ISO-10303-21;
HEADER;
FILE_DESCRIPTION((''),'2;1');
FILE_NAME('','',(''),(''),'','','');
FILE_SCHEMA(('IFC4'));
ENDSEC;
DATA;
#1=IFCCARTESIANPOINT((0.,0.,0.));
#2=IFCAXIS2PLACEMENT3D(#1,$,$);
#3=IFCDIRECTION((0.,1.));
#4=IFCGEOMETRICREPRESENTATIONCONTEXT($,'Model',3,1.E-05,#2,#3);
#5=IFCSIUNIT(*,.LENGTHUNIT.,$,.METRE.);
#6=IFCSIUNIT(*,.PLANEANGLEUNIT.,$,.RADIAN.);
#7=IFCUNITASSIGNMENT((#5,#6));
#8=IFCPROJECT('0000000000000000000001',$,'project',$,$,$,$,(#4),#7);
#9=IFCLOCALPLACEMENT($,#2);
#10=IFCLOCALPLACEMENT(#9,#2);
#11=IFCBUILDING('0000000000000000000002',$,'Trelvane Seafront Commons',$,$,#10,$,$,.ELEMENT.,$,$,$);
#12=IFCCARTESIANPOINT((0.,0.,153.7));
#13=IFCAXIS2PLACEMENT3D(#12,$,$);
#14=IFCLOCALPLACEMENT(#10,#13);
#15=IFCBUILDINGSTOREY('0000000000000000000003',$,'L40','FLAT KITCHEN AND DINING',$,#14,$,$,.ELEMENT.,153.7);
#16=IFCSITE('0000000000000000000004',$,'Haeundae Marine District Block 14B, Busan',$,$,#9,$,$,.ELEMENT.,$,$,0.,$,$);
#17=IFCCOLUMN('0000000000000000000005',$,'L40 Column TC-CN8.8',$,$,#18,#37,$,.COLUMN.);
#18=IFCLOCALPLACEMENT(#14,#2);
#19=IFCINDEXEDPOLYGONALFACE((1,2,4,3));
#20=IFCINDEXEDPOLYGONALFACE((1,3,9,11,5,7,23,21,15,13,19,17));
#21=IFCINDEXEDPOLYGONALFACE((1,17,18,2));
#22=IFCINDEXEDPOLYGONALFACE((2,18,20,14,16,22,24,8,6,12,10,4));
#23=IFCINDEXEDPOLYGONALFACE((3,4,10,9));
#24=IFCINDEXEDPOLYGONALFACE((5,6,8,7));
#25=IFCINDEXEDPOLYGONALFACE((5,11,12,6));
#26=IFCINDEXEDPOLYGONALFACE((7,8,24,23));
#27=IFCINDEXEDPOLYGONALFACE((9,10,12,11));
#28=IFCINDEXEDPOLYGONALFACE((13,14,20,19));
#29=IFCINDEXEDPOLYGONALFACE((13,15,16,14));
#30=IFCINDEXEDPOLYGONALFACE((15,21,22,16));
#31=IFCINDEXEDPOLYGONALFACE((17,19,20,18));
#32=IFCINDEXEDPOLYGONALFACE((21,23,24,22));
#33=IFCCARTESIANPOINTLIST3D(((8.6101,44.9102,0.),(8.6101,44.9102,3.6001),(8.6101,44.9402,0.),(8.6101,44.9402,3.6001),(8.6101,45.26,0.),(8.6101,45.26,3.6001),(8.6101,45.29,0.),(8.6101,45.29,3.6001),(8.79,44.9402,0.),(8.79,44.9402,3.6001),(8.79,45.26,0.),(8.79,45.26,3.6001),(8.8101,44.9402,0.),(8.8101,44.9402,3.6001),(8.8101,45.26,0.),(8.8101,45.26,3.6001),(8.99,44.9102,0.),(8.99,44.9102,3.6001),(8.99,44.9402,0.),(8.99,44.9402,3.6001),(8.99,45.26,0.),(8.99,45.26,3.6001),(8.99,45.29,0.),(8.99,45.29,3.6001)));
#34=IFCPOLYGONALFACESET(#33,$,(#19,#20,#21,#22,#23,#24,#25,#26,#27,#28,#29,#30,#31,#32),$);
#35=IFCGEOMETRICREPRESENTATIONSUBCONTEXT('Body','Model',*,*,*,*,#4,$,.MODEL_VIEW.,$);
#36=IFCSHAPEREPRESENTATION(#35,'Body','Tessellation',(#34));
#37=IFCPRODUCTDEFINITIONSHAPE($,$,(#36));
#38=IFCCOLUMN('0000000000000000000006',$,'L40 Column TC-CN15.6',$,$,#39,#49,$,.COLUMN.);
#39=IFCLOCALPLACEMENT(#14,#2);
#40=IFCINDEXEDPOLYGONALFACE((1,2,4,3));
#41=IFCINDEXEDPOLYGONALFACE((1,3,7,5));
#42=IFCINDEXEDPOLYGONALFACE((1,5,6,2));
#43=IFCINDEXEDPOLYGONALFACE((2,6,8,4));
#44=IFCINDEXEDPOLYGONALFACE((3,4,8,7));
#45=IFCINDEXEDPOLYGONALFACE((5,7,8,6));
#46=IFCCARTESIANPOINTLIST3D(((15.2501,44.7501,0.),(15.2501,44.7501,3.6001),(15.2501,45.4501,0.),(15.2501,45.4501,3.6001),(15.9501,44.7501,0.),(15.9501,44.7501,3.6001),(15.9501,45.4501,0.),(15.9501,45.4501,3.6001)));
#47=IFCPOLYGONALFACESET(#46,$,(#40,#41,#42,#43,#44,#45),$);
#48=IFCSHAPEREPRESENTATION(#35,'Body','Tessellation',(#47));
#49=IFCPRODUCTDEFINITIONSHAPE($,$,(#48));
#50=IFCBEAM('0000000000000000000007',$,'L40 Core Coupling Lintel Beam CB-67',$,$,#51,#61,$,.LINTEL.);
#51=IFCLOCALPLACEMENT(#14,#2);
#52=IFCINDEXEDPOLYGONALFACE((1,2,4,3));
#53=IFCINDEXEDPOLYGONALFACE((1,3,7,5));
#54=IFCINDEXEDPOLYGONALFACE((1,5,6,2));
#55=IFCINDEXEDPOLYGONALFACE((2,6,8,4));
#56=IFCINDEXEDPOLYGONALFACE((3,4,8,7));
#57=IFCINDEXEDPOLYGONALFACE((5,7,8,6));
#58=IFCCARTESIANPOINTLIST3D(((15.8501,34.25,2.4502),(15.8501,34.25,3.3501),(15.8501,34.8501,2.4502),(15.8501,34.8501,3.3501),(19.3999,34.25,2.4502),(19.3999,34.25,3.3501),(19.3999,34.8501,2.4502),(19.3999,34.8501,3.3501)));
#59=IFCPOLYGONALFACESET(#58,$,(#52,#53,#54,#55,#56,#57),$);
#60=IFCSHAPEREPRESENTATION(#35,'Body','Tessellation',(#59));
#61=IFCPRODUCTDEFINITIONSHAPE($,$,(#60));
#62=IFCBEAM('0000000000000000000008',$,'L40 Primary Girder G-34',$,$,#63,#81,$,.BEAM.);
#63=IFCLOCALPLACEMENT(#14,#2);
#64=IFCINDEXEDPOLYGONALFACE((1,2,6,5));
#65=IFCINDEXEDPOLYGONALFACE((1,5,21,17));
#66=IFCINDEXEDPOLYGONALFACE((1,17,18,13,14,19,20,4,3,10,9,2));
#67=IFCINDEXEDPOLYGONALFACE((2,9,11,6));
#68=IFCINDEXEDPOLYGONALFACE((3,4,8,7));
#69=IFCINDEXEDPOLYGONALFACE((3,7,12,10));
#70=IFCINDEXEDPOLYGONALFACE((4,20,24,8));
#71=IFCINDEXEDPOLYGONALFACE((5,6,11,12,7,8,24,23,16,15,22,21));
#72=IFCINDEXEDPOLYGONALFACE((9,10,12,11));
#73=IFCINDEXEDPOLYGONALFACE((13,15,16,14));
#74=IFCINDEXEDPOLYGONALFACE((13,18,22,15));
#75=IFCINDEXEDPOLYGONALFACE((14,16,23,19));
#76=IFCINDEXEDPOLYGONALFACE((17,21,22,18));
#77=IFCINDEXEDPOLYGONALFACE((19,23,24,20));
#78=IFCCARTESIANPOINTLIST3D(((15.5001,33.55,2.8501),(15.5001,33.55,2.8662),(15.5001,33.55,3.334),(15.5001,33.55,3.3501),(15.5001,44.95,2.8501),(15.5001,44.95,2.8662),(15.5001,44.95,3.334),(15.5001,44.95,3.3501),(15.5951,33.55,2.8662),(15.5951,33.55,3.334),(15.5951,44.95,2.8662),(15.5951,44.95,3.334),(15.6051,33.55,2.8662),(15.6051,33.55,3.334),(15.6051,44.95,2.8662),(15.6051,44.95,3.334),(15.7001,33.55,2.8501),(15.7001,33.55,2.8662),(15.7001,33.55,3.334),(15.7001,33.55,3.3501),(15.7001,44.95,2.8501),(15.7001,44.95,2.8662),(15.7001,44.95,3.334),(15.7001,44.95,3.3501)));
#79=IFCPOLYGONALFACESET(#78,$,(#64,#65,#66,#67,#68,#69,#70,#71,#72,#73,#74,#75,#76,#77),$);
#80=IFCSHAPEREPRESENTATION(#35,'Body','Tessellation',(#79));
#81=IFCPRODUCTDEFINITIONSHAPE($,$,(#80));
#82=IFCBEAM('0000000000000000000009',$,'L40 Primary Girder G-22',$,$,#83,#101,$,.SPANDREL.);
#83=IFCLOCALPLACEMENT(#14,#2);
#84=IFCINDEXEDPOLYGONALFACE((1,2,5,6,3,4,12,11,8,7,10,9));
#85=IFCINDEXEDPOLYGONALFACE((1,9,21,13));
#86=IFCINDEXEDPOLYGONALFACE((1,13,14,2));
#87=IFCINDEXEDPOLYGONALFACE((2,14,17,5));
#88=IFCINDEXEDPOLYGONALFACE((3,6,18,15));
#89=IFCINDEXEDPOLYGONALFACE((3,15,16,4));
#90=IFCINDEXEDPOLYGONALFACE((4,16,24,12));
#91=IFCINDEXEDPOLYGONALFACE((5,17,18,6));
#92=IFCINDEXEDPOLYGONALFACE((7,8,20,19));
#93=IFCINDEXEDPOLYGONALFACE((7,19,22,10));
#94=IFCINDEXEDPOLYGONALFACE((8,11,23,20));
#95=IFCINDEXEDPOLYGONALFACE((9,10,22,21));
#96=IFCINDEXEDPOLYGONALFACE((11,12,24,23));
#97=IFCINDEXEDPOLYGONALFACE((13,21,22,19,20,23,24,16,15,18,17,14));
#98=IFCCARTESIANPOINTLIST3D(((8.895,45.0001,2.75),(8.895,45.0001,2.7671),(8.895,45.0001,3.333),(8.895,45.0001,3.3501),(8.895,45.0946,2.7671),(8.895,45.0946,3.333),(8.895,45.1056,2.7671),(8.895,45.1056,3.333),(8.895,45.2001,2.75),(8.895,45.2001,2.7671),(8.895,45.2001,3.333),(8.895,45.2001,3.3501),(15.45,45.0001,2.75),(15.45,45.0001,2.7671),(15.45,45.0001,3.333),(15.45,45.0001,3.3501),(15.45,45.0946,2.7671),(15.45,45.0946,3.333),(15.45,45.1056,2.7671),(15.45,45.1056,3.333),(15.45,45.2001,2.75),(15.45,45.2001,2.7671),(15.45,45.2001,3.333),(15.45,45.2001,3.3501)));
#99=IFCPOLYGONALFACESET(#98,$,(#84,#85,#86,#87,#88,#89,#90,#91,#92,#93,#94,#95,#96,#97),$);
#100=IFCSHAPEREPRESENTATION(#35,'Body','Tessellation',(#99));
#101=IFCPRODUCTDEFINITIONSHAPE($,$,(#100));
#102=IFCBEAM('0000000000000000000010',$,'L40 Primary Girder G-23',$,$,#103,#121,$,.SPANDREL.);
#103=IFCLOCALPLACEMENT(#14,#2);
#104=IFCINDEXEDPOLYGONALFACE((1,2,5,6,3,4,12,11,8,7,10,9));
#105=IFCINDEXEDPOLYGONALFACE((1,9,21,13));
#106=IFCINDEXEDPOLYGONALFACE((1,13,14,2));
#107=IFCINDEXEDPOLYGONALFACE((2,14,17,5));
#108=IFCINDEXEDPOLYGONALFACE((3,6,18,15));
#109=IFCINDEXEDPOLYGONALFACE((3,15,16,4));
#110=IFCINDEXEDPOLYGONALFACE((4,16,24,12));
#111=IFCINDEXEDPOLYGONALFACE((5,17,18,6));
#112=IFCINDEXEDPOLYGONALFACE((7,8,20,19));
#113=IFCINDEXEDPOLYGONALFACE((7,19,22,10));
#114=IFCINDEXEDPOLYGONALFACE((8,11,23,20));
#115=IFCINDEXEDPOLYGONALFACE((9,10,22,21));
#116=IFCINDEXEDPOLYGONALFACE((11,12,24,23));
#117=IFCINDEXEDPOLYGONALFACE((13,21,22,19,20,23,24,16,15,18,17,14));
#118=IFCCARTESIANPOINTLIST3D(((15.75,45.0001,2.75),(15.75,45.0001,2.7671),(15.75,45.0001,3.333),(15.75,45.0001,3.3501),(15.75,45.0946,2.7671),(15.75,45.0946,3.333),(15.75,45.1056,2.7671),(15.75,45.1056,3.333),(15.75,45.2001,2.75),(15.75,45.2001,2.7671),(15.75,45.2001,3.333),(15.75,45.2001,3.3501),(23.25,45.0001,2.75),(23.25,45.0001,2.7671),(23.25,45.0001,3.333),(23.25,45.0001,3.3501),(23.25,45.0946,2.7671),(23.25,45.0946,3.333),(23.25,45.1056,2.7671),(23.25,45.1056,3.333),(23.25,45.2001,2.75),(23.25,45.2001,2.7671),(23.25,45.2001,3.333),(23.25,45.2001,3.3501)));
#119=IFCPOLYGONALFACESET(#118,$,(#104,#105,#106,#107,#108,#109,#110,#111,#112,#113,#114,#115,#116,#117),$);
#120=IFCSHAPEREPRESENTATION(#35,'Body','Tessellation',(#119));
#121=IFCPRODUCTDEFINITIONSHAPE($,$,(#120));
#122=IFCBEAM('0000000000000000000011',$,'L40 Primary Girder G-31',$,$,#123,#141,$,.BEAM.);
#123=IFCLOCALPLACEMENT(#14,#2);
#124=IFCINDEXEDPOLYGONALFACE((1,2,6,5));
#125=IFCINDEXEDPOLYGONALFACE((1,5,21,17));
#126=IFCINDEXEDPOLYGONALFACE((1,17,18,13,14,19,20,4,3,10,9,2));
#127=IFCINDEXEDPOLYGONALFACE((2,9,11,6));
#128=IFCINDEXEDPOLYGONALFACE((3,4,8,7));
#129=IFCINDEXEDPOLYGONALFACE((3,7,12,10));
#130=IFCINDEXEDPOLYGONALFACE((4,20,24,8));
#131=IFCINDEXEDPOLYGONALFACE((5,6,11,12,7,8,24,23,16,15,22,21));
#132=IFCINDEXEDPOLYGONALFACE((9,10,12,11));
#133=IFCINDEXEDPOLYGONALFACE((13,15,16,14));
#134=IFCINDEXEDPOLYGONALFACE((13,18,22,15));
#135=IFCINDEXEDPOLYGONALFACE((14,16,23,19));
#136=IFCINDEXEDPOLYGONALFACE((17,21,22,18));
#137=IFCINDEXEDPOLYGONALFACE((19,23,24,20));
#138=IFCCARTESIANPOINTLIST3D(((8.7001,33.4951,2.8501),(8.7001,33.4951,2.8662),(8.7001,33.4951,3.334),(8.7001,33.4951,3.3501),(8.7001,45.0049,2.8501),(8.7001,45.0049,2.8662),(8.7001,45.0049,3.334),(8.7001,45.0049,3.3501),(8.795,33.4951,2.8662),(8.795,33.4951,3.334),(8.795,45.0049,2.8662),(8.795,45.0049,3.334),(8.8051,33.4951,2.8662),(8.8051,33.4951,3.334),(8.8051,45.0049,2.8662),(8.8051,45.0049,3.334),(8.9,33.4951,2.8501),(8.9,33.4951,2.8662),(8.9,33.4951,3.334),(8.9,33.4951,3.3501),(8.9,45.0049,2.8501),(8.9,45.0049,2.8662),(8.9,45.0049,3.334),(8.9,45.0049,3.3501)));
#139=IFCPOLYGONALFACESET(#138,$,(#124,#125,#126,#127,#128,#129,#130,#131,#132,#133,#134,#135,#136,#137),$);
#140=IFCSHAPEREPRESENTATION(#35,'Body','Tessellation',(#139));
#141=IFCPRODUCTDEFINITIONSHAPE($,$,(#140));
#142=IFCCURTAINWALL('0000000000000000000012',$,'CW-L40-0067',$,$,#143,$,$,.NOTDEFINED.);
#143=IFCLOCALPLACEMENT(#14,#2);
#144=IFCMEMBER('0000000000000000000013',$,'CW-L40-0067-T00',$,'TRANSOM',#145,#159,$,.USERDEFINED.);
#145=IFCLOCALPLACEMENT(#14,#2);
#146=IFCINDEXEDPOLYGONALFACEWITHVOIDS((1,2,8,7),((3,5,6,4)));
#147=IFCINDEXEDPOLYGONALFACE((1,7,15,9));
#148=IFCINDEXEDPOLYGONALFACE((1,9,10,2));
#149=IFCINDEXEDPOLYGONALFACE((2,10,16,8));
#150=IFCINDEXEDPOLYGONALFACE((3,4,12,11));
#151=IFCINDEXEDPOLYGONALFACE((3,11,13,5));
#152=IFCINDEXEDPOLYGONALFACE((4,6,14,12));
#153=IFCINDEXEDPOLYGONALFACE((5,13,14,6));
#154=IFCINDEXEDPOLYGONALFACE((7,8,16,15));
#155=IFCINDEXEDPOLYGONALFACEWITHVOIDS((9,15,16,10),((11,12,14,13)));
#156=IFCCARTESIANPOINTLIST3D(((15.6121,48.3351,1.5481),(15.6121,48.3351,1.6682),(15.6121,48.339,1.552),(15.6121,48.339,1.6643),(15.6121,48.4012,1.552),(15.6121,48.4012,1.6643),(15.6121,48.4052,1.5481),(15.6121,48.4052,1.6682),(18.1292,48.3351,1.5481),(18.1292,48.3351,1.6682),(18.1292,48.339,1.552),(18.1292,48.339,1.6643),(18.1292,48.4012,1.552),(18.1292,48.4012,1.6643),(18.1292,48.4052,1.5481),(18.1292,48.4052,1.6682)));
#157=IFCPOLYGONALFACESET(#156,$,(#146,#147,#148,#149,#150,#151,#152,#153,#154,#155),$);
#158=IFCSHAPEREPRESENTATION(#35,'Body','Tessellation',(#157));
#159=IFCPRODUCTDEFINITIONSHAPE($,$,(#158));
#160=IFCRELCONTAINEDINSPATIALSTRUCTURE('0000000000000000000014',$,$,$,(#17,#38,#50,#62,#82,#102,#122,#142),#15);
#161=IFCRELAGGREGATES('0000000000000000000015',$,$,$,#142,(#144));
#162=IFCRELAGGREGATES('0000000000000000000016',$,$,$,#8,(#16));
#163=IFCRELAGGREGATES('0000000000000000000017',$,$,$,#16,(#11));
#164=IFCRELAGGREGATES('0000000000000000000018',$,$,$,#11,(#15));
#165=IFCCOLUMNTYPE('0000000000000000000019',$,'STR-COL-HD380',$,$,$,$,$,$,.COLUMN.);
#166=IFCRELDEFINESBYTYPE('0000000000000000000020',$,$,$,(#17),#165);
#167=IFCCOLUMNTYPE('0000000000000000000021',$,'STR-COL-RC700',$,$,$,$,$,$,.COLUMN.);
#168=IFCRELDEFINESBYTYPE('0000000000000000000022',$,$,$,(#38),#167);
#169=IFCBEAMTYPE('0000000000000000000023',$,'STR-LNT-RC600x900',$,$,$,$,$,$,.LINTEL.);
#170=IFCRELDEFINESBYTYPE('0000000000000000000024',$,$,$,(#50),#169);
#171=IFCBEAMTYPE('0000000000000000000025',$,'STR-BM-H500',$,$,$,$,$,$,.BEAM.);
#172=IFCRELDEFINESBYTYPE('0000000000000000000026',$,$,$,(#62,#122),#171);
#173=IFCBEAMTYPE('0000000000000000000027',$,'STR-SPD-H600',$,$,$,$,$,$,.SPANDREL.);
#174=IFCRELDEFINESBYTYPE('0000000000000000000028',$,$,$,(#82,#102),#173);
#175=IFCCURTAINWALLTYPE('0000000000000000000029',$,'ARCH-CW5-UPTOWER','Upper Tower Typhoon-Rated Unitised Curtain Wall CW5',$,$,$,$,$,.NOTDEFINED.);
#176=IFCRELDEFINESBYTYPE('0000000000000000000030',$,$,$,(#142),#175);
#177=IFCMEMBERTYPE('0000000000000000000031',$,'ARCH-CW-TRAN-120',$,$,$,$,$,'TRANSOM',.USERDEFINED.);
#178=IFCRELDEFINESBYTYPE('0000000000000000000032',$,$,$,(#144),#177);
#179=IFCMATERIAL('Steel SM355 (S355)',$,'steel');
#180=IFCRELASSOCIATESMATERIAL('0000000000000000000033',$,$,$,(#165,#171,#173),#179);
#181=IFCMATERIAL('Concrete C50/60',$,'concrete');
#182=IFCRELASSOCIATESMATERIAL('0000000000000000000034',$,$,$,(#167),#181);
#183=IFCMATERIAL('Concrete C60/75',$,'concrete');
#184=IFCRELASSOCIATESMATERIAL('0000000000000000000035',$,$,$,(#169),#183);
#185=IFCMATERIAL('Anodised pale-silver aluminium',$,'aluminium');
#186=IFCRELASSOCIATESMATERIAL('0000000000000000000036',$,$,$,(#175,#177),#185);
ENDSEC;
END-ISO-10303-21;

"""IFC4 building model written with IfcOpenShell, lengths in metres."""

from ifc_helpers import new_model, si_unit, direction, frame, origin, origin_2d, place, context, subcontext, project, spatial, rectangle, hollow_rectangle, i_section, extrude, source, transform, mapped, material, material_profile, profile_set, type_object, element, aggregate, save


model = new_model("IFC4")

# Units and contexts
model_context = context("Model", 3, precision=1e-05, world=origin(), true_north=direction((0.0, 1.0)))
body_context = subcontext(model_context, "Body", "Model", "MODEL_VIEW")
ifc_project = project(units=[si_unit("LENGTHUNIT", "METRE"), si_unit("PLANEANGLEUNIT", "RADIAN")], contexts=[model_context])

# Site, building, storey
site_placement = place(None, origin())
site = spatial("IfcSite", under=ifc_project, at=site_placement, Name="Haeundae Marine District Block 14B, Busan", CompositionType="ELEMENT", RefElevation=0.0)
building_placement = place(site_placement, origin())
building = spatial("IfcBuilding", under=site, at=building_placement, Name="Trelvane Seafront Commons", CompositionType="ELEMENT")
storey_placement = place(building_placement, frame((0.0, 0.0, 153.7)))
storey = spatial("IfcBuildingStorey", under=building, at=storey_placement, Name="L40", Description="FLAT KITCHEN AND DINING", CompositionType="ELEMENT", Elevation=153.7)

# Columns
ifc_material_1 = material(Name="Steel SM355 (S355)", Category="steel")
ifc_material_profile_1 = material_profile(ifc_material_1, i_section(OverallWidth=0.3799, OverallDepth=0.3799, WebThickness=0.02, FlangeThickness=0.03, at=origin_2d()), Name="HD-380x380x20x30")
ifc_profile_set_1 = profile_set([ifc_material_profile_1], Name="Steel SM355 (S355)")
column_type_1 = type_object("IfcColumnType", Name="STR-COL-HD380", PredefinedType="COLUMN", material=ifc_profile_set_1)
shared_shape_1 = source(origin(), body_context, "Body", "SweptSolid", [
    extrude(i_section(OverallWidth=0.3799, OverallDepth=0.3799, WebThickness=0.02, FlangeThickness=0.03, at=origin_2d()), origin(), (0.0, 0.0, 1.0), 3.6001),
])
column_1_placement = place(storey_placement, frame((8.8, 45.1001, 0.0), z_axis=(0.0, 0.0, 1.0), x_axis=(1.0, 0.0, 0.0)))
element("IfcColumn", 1, at=column_1_placement, inside=storey, type_object=column_type_1, Name="L40 Column TC-CN8.8", PredefinedType="COLUMN", context=body_context, shape_type="MappedRepresentation", body=[
    mapped(shared_shape_1, transform((0.0, 0.0, 0.0), x_axis=(1.0, 0.0, 0.0), y_axis=(0.0, 1.0, 0.0), z_axis=(0.0, 0.0, 1.0), scale=1.0)),
])
ifc_material_2 = material(Name="Concrete C50/60", Category="concrete")
ifc_material_profile_2 = material_profile(ifc_material_2, rectangle(XDim=0.7, YDim=0.7, at=origin_2d()), Name="RC-700x700")
ifc_profile_set_2 = profile_set([ifc_material_profile_2], Name="Concrete C50/60")
column_type_2 = type_object("IfcColumnType", Name="STR-COL-RC700", PredefinedType="COLUMN", material=ifc_profile_set_2)
shared_shape_2 = source(origin(), body_context, "Body", "SweptSolid", [
    extrude(rectangle(XDim=0.7, YDim=0.7, at=origin_2d()), origin(), (0.0, 0.0, 1.0), 3.6001),
])
column_2_placement = place(storey_placement, frame((15.6001, 45.1001, 0.0), z_axis=(0.0, 0.0, 1.0), x_axis=(1.0, 0.0, 0.0)))
element("IfcColumn", 2, at=column_2_placement, inside=storey, type_object=column_type_2, Name="L40 Column TC-CN15.6", PredefinedType="COLUMN", context=body_context, shape_type="MappedRepresentation", body=[
    mapped(shared_shape_2, transform((0.0, 0.0, 0.0), x_axis=(1.0, 0.0, 0.0), y_axis=(0.0, 1.0, 0.0), z_axis=(0.0, 0.0, 1.0), scale=1.0)),
])

# Beams
ifc_material_3 = material(Name="Concrete C60/75", Category="concrete")
ifc_material_profile_3 = material_profile(ifc_material_3, rectangle(XDim=0.6001, YDim=0.8999, at=origin_2d()), Name="RC-600x900")
ifc_profile_set_3 = profile_set([ifc_material_profile_3], Name="Concrete C60/75")
beam_type_1 = type_object("IfcBeamType", Name="STR-LNT-RC600x900", PredefinedType="LINTEL", material=ifc_profile_set_3)
shared_shape_3 = source(origin(), body_context, "Body", "SweptSolid", [
    extrude(rectangle(XDim=0.6001, YDim=0.8999, at=origin_2d()), origin(), (0.0, 0.0, 1.0), 3.5498),
])
beam_1_placement = place(storey_placement, frame((15.8501, 34.55, 2.9001), z_axis=(1.0, 0.0, 0.0), x_axis=(0.0, 1.0, 0.0)))
element("IfcBeam", 3, at=beam_1_placement, inside=storey, type_object=beam_type_1, Name="L40 Core Coupling Lintel Beam CB-67", PredefinedType="LINTEL", context=body_context, shape_type="MappedRepresentation", body=[
    mapped(shared_shape_3, transform((0.0, 0.0, 0.0), x_axis=(1.0, 0.0, 0.0), y_axis=(0.0, 1.0, 0.0), z_axis=(0.0, 0.0, 1.0), scale=1.0)),
])
ifc_material_profile_4 = material_profile(ifc_material_1, i_section(OverallWidth=0.2, OverallDepth=0.5, WebThickness=0.01, FlangeThickness=0.0161, at=origin_2d()), Name="H-500x200x10x16")
ifc_profile_set_4 = profile_set([ifc_material_profile_4], Name="Steel SM355 (S355)")
beam_type_2 = type_object("IfcBeamType", Name="STR-BM-H500", PredefinedType="BEAM", material=ifc_profile_set_4)
shared_shape_4 = source(origin(), body_context, "Body", "SweptSolid", [
    extrude(i_section(OverallWidth=0.2, OverallDepth=0.5, WebThickness=0.01, FlangeThickness=0.0161, at=origin_2d()), origin(), (0.0, 0.0, 1.0), 11.3999),
])
beam_2_placement = place(storey_placement, frame((15.6001, 33.55, 3.1001), z_axis=(0.0, 1.0, 0.0), x_axis=(-1.0, 0.0, 0.0)))
element("IfcBeam", 4, at=beam_2_placement, inside=storey, type_object=beam_type_2, Name="L40 Primary Girder G-34", PredefinedType="BEAM", context=body_context, shape_type="MappedRepresentation", body=[
    mapped(shared_shape_4, transform((0.0, 0.0, 0.0), x_axis=(1.0, 0.0, 0.0), y_axis=(0.0, 1.0, 0.0), z_axis=(0.0, 0.0, 1.0), scale=1.0)),
])
ifc_material_profile_5 = material_profile(ifc_material_1, i_section(OverallWidth=0.2, OverallDepth=0.6001, WebThickness=0.011, FlangeThickness=0.0171, at=origin_2d()), Name="H-600x200x11x17")
ifc_profile_set_5 = profile_set([ifc_material_profile_5], Name="Steel SM355 (S355)")
beam_type_3 = type_object("IfcBeamType", Name="STR-SPD-H600", PredefinedType="SPANDREL", material=ifc_profile_set_5)
shared_shape_5 = source(origin(), body_context, "Body", "SweptSolid", [
    extrude(i_section(OverallWidth=0.2, OverallDepth=0.6001, WebThickness=0.011, FlangeThickness=0.0171, at=origin_2d()), origin(), (0.0, 0.0, 1.0), 6.5549),
])
beam_3_placement = place(storey_placement, frame((8.895, 45.1001, 3.05), z_axis=(1.0, 0.0, 0.0), x_axis=(0.0, 1.0, 0.0)))
element("IfcBeam", 5, at=beam_3_placement, inside=storey, type_object=beam_type_3, Name="L40 Primary Girder G-22", PredefinedType="SPANDREL", context=body_context, shape_type="MappedRepresentation", body=[
    mapped(shared_shape_5, transform((0.0, 0.0, 0.0), x_axis=(1.0, 0.0, 0.0), y_axis=(0.0, 1.0, 0.0), z_axis=(0.0, 0.0, 1.0), scale=1.0)),
])
shared_shape_6 = source(origin(), body_context, "Body", "SweptSolid", [
    extrude(i_section(OverallWidth=0.2, OverallDepth=0.6001, WebThickness=0.011, FlangeThickness=0.0171, at=origin_2d()), origin(), (0.0, 0.0, 1.0), 7.5),
])
beam_4_placement = place(storey_placement, frame((15.75, 45.1001, 3.05), z_axis=(1.0, 0.0, 0.0), x_axis=(0.0, 1.0, 0.0)))
element("IfcBeam", 6, at=beam_4_placement, inside=storey, type_object=beam_type_3, Name="L40 Primary Girder G-23", PredefinedType="SPANDREL", context=body_context, shape_type="MappedRepresentation", body=[
    mapped(shared_shape_6, transform((0.0, 0.0, 0.0), x_axis=(1.0, 0.0, 0.0), y_axis=(0.0, 1.0, 0.0), z_axis=(0.0, 0.0, 1.0), scale=1.0)),
])
shared_shape_7 = source(origin(), body_context, "Body", "SweptSolid", [
    extrude(i_section(OverallWidth=0.2, OverallDepth=0.5, WebThickness=0.01, FlangeThickness=0.0161, at=origin_2d()), origin(), (0.0, 0.0, 1.0), 11.5098),
])
beam_5_placement = place(storey_placement, frame((8.8, 33.4951, 3.1001), z_axis=(0.0, 1.0, 0.0), x_axis=(-1.0, 0.0, 0.0)))
element("IfcBeam", 7, at=beam_5_placement, inside=storey, type_object=beam_type_2, Name="L40 Primary Girder G-31", PredefinedType="BEAM", context=body_context, shape_type="MappedRepresentation", body=[
    mapped(shared_shape_7, transform((0.0, 0.0, 0.0), x_axis=(1.0, 0.0, 0.0), y_axis=(0.0, 1.0, 0.0), z_axis=(0.0, 0.0, 1.0), scale=1.0)),
])

# Curtain wall, member
ifc_material_4 = material(Name="Anodised pale-silver aluminium", Category="aluminium")
curtain_wall_type = type_object("IfcCurtainWallType", Name="ARCH-CW5-UPTOWER", Description="Upper Tower Typhoon-Rated Unitised Curtain Wall CW5", PredefinedType="NOTDEFINED", material=ifc_material_4)
curtain_wall_placement = place(storey_placement, origin())
curtain_wall = element("IfcCurtainWall", 8, at=curtain_wall_placement, inside=storey, type_object=curtain_wall_type, Name="CW-L40-0067", PredefinedType="NOTDEFINED")
ifc_material_profile_6 = material_profile(ifc_material_4, hollow_rectangle(XDim=0.0701, YDim=0.1201, WallThickness=0.0039, at=origin_2d()), Name="TRAN-70x120x4")
ifc_profile_set_6 = profile_set([ifc_material_profile_6], Name="Anodised pale-silver aluminium")
member_type_1 = type_object("IfcMemberType", Name="ARCH-CW-TRAN-120", ElementType="TRANSOM", PredefinedType="USERDEFINED", material=ifc_profile_set_6)
shared_shape_8 = source(origin(), body_context, "Body", "SweptSolid", [
    extrude(hollow_rectangle(XDim=0.0701, YDim=0.1201, WallThickness=0.0039, at=origin_2d()), origin(), (0.0, 0.0, 1.0), 2.5171),
])
member_1_placement = place(storey_placement, frame((15.6121, 48.3701, 1.6082), z_axis=(1.0, 0.0, 0.0), x_axis=(0.0, 1.0, 0.0)))
member_1 = element("IfcMember", 9, at=member_1_placement, type_object=member_type_1, Name="CW-L40-0067-T00", ObjectType="TRANSOM", PredefinedType="USERDEFINED", context=body_context, shape_type="MappedRepresentation", body=[
    mapped(shared_shape_8, transform((0.0, 0.0, 0.0), x_axis=(1.0, 0.0, 0.0), y_axis=(0.0, 1.0, 0.0), z_axis=(0.0, 0.0, 1.0), scale=1.0)),
])

aggregate(curtain_wall, [member_1])

save(model, "model.ifc")
